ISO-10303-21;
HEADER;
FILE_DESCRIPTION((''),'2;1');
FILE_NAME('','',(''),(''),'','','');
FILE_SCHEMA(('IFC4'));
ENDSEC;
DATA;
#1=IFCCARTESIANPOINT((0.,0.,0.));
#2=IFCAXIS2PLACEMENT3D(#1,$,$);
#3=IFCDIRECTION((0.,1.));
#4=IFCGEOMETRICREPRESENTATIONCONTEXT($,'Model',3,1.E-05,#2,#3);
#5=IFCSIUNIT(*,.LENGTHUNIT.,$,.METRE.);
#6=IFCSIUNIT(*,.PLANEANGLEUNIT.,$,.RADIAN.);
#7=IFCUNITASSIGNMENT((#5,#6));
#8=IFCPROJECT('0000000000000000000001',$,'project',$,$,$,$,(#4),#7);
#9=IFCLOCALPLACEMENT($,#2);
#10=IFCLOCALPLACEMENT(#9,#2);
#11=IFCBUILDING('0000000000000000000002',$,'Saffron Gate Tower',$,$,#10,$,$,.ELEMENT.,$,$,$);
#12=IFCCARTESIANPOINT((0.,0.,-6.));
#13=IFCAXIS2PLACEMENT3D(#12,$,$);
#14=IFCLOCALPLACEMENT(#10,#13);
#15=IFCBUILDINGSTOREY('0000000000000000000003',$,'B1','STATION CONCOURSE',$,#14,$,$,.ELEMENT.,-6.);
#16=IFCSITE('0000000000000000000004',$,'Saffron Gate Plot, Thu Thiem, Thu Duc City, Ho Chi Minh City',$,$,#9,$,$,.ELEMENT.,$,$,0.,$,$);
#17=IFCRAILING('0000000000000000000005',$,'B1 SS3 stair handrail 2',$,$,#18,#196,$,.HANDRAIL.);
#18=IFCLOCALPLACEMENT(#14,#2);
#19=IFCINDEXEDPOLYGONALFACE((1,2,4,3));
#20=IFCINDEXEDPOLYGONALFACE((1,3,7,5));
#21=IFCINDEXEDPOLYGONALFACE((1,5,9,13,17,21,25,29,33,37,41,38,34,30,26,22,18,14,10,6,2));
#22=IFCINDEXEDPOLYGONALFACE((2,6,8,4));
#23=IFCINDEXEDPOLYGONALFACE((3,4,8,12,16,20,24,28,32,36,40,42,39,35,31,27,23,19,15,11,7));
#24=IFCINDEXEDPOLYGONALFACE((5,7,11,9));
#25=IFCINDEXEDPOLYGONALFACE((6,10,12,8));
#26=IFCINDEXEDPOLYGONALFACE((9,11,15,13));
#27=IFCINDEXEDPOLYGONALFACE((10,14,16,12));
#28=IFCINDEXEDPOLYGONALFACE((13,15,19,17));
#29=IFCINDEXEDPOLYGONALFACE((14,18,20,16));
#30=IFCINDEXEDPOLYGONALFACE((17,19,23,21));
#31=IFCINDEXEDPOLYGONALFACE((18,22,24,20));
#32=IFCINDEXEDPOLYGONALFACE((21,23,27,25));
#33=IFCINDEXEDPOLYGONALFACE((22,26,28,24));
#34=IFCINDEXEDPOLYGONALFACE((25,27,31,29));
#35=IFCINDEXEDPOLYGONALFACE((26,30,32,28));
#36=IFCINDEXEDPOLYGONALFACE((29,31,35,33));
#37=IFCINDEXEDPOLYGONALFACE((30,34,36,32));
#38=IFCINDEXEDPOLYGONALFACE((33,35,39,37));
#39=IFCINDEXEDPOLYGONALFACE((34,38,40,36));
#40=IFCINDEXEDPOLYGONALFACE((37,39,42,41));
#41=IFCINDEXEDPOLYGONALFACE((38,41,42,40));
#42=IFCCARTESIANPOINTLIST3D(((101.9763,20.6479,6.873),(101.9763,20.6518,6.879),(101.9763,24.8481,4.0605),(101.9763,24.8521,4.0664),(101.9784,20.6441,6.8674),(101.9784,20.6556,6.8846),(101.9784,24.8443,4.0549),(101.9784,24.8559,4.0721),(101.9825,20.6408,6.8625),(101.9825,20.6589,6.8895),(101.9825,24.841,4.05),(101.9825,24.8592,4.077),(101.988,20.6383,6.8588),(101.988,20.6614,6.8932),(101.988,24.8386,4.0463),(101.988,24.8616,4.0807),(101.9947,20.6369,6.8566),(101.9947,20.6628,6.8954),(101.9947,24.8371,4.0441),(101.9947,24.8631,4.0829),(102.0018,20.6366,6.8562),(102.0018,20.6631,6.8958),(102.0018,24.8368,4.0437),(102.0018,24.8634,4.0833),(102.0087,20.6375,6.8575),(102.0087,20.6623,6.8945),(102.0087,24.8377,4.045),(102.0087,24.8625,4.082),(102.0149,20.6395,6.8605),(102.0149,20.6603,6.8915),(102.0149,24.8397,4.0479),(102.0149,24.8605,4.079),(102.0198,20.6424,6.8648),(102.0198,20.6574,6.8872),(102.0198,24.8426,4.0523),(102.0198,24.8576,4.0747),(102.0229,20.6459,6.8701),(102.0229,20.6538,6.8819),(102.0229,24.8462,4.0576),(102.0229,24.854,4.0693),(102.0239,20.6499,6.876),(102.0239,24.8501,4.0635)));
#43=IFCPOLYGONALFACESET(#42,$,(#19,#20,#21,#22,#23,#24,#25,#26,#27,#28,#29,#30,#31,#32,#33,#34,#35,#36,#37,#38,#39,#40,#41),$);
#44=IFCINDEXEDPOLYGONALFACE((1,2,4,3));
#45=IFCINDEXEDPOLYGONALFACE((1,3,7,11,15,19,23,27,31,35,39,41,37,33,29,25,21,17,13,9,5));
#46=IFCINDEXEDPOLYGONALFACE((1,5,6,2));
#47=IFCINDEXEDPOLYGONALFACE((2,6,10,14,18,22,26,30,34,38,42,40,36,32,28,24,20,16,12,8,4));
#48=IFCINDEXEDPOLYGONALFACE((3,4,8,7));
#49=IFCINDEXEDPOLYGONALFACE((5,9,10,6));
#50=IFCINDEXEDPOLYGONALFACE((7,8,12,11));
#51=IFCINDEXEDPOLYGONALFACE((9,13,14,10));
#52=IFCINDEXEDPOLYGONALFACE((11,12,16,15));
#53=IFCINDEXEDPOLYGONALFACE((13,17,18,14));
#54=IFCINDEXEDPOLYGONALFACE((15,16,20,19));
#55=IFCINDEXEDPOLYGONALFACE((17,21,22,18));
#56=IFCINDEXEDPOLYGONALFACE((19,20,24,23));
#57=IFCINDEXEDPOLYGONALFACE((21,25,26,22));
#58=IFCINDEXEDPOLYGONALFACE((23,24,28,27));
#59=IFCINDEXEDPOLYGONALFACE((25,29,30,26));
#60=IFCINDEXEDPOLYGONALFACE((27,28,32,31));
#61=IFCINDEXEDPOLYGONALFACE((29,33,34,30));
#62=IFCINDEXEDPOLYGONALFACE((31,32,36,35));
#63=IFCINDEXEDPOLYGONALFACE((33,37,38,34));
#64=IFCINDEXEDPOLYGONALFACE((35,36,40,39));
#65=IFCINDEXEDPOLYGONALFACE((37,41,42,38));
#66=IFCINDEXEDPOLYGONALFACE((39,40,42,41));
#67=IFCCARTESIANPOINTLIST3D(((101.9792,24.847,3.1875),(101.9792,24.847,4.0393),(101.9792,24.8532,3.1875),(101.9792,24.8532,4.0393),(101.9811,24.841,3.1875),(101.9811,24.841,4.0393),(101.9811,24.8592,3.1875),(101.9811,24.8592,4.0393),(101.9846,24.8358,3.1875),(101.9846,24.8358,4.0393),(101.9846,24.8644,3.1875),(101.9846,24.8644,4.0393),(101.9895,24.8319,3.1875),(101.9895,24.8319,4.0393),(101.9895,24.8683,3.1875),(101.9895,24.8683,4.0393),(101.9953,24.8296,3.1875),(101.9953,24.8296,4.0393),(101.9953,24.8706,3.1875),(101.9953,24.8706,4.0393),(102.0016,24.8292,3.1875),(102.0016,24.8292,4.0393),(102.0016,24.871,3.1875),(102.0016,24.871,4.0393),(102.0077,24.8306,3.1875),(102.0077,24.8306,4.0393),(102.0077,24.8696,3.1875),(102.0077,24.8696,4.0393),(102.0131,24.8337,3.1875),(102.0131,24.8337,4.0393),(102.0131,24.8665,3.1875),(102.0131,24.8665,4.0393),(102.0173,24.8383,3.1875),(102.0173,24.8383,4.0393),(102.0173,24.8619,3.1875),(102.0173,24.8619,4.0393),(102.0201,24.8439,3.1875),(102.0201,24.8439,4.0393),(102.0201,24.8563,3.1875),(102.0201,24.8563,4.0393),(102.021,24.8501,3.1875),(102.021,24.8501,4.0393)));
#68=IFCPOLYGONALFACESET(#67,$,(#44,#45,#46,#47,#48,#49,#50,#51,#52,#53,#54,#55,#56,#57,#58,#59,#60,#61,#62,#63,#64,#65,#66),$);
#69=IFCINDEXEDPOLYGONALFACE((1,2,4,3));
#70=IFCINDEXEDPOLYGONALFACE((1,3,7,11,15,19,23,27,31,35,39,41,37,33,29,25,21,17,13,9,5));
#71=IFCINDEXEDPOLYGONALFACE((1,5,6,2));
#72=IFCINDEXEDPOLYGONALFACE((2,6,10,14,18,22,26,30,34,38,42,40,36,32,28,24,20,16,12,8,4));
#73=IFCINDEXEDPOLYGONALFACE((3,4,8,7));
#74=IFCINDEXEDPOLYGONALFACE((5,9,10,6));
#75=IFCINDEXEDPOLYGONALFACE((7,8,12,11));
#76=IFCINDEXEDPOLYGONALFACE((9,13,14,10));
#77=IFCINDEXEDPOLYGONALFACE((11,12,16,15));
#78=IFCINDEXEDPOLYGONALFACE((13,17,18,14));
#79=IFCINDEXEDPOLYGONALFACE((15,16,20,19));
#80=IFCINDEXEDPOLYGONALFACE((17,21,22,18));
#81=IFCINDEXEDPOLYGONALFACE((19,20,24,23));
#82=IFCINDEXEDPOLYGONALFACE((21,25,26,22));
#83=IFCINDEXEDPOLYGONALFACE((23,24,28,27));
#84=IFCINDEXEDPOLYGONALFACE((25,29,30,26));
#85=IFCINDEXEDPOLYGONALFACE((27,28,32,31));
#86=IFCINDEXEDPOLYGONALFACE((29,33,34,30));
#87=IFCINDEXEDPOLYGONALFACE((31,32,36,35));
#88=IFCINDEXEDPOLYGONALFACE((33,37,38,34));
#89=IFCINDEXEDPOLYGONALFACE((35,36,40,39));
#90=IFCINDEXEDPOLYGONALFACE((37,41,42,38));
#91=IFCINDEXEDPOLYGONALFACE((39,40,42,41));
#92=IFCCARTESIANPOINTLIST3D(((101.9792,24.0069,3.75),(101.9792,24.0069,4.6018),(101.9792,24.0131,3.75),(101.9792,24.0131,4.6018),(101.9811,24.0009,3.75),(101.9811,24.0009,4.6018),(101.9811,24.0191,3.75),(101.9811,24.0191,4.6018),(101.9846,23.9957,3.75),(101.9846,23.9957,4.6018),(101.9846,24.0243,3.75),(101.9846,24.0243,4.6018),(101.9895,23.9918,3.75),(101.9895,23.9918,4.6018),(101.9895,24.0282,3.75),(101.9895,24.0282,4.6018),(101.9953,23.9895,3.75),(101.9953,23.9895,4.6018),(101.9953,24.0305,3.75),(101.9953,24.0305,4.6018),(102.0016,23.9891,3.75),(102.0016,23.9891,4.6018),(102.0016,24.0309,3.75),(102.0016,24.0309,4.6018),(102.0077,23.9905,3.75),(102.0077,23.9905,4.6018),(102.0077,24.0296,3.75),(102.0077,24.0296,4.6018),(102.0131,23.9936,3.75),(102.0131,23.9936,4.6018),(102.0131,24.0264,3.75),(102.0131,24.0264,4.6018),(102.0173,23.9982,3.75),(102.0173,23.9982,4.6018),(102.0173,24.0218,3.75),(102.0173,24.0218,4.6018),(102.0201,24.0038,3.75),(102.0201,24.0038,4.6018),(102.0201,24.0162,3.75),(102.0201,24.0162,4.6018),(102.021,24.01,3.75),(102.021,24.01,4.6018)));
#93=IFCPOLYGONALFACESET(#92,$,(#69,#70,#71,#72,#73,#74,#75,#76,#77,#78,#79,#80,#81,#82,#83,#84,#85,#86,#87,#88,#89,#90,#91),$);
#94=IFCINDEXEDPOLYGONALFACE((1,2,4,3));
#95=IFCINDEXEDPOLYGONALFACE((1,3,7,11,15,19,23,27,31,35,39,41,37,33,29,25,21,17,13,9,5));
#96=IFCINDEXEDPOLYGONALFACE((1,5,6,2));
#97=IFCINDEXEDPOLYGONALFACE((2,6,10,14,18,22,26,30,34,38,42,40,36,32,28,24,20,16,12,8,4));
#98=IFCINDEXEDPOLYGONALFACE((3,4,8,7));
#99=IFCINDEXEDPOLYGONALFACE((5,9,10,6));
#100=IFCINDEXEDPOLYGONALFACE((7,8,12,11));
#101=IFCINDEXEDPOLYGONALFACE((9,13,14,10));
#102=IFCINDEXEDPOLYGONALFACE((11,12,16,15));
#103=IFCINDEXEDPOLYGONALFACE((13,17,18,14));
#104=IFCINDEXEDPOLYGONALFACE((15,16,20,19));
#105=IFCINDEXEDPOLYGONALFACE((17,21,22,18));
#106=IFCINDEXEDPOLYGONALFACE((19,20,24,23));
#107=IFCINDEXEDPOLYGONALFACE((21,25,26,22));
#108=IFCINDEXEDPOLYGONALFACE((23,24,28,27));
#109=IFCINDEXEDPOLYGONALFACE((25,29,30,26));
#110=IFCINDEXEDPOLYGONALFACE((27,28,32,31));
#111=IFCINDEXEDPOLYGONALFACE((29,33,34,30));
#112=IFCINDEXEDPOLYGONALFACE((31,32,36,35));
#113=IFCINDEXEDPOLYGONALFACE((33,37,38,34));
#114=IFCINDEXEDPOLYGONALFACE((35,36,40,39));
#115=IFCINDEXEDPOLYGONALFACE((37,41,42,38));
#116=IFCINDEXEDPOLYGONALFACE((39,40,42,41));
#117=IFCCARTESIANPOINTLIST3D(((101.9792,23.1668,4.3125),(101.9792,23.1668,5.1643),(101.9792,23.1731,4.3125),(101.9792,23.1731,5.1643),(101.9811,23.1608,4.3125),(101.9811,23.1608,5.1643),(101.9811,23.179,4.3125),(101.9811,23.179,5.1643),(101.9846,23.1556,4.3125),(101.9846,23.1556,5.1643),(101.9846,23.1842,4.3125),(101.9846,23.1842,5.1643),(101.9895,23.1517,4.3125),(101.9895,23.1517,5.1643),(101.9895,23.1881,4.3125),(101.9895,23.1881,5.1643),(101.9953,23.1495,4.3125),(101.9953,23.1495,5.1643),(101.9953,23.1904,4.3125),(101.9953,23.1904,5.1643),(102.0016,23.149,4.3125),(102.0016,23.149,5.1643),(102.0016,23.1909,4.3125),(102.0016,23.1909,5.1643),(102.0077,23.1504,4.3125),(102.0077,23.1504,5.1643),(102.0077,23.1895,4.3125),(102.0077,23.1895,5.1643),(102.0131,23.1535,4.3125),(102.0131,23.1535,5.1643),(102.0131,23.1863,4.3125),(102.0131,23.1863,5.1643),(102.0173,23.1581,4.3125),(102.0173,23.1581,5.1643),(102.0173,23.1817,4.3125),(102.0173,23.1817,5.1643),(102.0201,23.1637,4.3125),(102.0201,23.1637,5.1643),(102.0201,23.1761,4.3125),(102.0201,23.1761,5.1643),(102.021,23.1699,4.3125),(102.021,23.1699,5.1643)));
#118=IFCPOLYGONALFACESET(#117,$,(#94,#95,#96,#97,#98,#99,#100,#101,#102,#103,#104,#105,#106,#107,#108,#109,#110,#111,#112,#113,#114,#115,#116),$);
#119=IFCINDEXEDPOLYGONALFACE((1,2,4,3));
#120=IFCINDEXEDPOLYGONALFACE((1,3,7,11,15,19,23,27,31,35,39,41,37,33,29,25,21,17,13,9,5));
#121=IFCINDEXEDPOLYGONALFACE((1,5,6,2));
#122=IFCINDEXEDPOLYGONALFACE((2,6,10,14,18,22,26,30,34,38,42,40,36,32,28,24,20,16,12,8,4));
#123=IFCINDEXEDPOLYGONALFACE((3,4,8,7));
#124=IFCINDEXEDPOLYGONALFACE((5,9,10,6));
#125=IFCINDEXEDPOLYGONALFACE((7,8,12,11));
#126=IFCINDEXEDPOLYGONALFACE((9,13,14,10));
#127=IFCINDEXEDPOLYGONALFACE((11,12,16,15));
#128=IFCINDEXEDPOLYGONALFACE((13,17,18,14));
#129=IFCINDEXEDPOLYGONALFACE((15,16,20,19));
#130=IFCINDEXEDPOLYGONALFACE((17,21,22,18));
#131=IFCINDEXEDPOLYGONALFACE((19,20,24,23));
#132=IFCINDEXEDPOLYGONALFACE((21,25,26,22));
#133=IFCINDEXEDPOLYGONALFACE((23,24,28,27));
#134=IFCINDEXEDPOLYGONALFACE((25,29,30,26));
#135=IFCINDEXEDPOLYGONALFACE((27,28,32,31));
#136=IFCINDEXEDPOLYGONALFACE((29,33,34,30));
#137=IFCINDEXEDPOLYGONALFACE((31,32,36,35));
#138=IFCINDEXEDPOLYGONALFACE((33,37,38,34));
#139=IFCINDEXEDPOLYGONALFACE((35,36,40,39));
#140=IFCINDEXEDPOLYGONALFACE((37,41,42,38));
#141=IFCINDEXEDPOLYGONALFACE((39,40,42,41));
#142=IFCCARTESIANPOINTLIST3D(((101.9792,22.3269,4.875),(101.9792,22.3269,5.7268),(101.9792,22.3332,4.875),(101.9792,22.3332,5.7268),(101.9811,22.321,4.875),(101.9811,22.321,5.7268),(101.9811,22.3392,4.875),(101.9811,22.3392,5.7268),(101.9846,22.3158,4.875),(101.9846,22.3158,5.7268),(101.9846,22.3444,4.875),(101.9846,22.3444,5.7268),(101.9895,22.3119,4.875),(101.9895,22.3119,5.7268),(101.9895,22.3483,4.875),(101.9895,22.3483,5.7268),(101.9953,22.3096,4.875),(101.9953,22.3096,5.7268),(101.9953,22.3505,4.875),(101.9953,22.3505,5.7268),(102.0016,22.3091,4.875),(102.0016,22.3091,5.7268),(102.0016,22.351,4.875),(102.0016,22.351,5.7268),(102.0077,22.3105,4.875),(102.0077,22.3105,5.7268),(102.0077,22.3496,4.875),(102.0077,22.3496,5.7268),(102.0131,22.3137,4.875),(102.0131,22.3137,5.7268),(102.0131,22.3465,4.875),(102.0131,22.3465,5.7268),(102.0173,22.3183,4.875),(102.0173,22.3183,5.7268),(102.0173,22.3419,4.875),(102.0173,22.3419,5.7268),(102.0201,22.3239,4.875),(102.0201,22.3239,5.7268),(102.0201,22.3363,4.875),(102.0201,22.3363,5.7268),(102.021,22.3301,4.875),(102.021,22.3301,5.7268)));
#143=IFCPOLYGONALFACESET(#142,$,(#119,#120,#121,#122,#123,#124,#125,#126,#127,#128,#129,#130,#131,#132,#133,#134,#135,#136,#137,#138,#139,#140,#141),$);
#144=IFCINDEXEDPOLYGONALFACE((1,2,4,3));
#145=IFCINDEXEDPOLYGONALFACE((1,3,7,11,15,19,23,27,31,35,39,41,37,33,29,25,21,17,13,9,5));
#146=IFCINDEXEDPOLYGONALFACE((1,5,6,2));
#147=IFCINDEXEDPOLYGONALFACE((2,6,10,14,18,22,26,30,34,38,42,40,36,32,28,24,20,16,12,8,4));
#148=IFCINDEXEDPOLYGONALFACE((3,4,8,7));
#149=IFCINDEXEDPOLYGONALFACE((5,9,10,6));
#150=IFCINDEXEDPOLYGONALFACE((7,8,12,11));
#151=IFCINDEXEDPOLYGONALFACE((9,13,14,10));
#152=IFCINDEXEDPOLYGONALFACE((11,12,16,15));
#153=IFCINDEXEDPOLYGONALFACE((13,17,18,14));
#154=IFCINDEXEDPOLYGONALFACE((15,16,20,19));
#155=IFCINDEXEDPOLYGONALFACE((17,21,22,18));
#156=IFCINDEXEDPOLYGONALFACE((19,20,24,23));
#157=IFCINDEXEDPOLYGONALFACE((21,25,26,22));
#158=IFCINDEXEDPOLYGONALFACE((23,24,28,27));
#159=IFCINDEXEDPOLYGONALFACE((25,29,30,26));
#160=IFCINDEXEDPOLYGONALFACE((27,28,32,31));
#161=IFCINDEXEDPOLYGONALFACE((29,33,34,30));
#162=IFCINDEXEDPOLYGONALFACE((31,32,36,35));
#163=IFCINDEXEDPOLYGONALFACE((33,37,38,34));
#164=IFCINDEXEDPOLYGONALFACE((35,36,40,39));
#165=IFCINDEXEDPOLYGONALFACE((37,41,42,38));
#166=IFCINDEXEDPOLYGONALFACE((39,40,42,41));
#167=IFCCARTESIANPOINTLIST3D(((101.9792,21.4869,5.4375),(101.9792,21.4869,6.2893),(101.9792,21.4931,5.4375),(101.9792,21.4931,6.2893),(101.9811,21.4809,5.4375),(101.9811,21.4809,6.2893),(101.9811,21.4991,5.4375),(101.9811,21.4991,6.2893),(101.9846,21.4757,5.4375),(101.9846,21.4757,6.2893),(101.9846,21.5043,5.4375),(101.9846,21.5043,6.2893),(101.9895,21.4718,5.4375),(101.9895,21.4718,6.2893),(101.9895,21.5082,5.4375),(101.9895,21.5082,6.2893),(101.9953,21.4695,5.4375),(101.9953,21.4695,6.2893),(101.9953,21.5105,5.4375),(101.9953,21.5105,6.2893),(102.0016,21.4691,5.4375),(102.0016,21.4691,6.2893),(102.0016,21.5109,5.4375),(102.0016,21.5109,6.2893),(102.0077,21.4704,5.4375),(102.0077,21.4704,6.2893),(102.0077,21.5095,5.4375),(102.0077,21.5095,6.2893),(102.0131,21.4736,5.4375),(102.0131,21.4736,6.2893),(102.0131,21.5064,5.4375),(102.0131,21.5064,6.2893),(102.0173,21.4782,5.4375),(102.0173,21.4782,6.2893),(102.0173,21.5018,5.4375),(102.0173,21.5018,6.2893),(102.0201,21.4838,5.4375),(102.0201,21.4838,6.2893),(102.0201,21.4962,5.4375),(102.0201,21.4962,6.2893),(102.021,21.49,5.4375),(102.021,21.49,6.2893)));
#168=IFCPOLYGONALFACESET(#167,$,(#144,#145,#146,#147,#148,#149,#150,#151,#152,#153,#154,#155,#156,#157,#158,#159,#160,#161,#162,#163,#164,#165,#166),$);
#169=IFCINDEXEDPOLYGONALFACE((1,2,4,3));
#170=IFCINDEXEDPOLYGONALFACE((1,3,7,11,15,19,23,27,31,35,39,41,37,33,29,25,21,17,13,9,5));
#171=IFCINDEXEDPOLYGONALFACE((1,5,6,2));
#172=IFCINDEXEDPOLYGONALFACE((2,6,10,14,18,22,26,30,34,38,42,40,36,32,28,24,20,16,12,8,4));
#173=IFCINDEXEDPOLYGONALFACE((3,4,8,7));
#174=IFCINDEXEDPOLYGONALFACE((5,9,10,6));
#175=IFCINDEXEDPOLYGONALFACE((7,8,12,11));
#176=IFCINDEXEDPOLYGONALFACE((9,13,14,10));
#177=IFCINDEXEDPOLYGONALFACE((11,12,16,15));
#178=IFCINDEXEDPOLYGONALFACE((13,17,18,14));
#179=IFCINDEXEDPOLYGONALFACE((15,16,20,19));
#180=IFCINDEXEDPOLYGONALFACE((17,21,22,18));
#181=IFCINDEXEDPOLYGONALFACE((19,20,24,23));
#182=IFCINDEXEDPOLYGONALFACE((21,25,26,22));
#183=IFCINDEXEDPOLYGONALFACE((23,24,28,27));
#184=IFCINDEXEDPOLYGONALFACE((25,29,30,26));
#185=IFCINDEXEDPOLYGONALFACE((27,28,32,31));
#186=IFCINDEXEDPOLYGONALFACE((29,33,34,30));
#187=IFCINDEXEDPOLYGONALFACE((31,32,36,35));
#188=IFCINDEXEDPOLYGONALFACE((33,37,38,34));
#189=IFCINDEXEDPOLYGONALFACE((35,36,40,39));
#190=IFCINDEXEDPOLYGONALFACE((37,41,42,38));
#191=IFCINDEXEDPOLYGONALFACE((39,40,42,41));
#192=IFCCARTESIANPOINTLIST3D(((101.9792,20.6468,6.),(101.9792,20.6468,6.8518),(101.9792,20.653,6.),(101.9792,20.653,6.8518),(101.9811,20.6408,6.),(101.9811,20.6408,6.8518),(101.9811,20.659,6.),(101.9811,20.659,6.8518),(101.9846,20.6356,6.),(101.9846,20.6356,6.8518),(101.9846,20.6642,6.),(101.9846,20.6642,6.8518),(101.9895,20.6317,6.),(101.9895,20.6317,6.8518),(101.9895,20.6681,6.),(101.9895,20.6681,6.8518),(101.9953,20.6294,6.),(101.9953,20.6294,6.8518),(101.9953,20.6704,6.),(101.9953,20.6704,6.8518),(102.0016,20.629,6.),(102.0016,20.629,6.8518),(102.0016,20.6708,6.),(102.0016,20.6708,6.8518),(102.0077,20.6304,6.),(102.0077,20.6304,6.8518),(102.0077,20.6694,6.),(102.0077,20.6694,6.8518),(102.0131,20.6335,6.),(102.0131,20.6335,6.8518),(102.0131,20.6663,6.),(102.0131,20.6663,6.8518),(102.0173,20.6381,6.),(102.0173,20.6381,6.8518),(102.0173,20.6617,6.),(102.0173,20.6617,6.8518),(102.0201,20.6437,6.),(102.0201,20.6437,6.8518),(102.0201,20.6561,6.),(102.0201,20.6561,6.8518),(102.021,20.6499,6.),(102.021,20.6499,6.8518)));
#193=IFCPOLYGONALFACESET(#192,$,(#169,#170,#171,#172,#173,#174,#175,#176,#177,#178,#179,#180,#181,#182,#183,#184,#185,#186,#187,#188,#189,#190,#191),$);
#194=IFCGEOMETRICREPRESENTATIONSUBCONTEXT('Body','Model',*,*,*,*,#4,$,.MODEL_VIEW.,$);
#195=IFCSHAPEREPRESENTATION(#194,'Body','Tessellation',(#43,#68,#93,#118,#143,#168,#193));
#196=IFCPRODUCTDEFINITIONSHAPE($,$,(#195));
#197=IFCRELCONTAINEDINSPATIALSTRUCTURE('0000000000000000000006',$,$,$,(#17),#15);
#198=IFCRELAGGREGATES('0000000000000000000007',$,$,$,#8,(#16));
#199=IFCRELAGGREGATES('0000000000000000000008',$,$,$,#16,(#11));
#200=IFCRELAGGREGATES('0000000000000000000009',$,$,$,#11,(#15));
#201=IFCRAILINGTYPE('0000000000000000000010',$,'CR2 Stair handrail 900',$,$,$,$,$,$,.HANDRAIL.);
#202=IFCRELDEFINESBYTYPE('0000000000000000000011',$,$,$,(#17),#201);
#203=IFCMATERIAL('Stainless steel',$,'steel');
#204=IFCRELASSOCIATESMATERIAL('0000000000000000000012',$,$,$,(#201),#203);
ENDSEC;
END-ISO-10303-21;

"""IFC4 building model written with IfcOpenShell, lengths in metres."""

from ifc_helpers import new_model, si_unit, direction, frame, origin, origin_2d, place, context, subcontext, project, spatial, circle, extrude, material, type_object, element, save


model = new_model("IFC4")

# Units and contexts
model_context = context("Model", 3, precision=1e-05, world=origin(), true_north=direction((0.0, 1.0)))
body_context = subcontext(model_context, "Body", "Model", "MODEL_VIEW")
ifc_project = project(units=[si_unit("LENGTHUNIT", "METRE"), si_unit("PLANEANGLEUNIT", "RADIAN")], contexts=[model_context])

# Site, building, storey
site_placement = place(None, origin())
site = spatial("IfcSite", under=ifc_project, at=site_placement, Name="Saffron Gate Plot, Thu Thiem, Thu Duc City, Ho Chi Minh City", CompositionType="ELEMENT", RefElevation=0.0)
building_placement = place(site_placement, origin())
building = spatial("IfcBuilding", under=site, at=building_placement, Name="Saffron Gate Tower", CompositionType="ELEMENT")
storey_placement = place(building_placement, frame((0.0, 0.0, -6.0)))
storey = spatial("IfcBuildingStorey", under=building, at=storey_placement, Name="B1", Description="STATION CONCOURSE", CompositionType="ELEMENT", Elevation=-6.0)

# Railing
ifc_material_1 = material(Name="Stainless steel", Category="steel")
railing_type_1 = type_object("IfcRailingType", Name="CR2 Stair handrail 900", PredefinedType="HANDRAIL", material=ifc_material_1)
for number, where, name in (
    (1, (102.0, 24.8501, 3.1875), "B1 SS3 stair handrail 2"),
):
    element("IfcRailing", number, at=place(storey_placement, frame(where)), inside=storey, type_object=railing_type_1, Name=name, PredefinedType="HANDRAIL", context=body_context, shape_type="SweptSolid", body=[
        extrude(circle(Radius=0.0239, at=origin_2d()), frame((0.0, 0.0, 0.876), z_axis=(0.0, -0.830919, 0.556393), x_axis=(1.0, 0.0, 0.0)), (0.0, 0.0, 1.0), 5.0549),
        extrude(circle(Radius=0.021, at=origin_2d()), origin(), (0.0, 0.0, 1.0), 0.8518),
        extrude(circle(Radius=0.021, at=origin_2d()), frame((0.0, -0.8401, 0.5625)), (0.0, 0.0, 1.0), 0.8518),
        extrude(circle(Radius=0.021, at=origin_2d()), frame((0.0, -1.6802, 1.125)), (0.0, 0.0, 1.0), 0.8518),
        extrude(circle(Radius=0.021, at=origin_2d()), frame((0.0, -2.52, 1.6875)), (0.0, 0.0, 1.0), 0.8518),
        extrude(circle(Radius=0.021, at=origin_2d()), frame((0.0, -3.3601, 2.25)), (0.0, 0.0, 1.0), 0.8518),
        extrude(circle(Radius=0.021, at=origin_2d()), frame((0.0, -4.2002, 2.8125)), (0.0, 0.0, 1.0), 0.8518),
    ])

save(model, "model.ifc")
